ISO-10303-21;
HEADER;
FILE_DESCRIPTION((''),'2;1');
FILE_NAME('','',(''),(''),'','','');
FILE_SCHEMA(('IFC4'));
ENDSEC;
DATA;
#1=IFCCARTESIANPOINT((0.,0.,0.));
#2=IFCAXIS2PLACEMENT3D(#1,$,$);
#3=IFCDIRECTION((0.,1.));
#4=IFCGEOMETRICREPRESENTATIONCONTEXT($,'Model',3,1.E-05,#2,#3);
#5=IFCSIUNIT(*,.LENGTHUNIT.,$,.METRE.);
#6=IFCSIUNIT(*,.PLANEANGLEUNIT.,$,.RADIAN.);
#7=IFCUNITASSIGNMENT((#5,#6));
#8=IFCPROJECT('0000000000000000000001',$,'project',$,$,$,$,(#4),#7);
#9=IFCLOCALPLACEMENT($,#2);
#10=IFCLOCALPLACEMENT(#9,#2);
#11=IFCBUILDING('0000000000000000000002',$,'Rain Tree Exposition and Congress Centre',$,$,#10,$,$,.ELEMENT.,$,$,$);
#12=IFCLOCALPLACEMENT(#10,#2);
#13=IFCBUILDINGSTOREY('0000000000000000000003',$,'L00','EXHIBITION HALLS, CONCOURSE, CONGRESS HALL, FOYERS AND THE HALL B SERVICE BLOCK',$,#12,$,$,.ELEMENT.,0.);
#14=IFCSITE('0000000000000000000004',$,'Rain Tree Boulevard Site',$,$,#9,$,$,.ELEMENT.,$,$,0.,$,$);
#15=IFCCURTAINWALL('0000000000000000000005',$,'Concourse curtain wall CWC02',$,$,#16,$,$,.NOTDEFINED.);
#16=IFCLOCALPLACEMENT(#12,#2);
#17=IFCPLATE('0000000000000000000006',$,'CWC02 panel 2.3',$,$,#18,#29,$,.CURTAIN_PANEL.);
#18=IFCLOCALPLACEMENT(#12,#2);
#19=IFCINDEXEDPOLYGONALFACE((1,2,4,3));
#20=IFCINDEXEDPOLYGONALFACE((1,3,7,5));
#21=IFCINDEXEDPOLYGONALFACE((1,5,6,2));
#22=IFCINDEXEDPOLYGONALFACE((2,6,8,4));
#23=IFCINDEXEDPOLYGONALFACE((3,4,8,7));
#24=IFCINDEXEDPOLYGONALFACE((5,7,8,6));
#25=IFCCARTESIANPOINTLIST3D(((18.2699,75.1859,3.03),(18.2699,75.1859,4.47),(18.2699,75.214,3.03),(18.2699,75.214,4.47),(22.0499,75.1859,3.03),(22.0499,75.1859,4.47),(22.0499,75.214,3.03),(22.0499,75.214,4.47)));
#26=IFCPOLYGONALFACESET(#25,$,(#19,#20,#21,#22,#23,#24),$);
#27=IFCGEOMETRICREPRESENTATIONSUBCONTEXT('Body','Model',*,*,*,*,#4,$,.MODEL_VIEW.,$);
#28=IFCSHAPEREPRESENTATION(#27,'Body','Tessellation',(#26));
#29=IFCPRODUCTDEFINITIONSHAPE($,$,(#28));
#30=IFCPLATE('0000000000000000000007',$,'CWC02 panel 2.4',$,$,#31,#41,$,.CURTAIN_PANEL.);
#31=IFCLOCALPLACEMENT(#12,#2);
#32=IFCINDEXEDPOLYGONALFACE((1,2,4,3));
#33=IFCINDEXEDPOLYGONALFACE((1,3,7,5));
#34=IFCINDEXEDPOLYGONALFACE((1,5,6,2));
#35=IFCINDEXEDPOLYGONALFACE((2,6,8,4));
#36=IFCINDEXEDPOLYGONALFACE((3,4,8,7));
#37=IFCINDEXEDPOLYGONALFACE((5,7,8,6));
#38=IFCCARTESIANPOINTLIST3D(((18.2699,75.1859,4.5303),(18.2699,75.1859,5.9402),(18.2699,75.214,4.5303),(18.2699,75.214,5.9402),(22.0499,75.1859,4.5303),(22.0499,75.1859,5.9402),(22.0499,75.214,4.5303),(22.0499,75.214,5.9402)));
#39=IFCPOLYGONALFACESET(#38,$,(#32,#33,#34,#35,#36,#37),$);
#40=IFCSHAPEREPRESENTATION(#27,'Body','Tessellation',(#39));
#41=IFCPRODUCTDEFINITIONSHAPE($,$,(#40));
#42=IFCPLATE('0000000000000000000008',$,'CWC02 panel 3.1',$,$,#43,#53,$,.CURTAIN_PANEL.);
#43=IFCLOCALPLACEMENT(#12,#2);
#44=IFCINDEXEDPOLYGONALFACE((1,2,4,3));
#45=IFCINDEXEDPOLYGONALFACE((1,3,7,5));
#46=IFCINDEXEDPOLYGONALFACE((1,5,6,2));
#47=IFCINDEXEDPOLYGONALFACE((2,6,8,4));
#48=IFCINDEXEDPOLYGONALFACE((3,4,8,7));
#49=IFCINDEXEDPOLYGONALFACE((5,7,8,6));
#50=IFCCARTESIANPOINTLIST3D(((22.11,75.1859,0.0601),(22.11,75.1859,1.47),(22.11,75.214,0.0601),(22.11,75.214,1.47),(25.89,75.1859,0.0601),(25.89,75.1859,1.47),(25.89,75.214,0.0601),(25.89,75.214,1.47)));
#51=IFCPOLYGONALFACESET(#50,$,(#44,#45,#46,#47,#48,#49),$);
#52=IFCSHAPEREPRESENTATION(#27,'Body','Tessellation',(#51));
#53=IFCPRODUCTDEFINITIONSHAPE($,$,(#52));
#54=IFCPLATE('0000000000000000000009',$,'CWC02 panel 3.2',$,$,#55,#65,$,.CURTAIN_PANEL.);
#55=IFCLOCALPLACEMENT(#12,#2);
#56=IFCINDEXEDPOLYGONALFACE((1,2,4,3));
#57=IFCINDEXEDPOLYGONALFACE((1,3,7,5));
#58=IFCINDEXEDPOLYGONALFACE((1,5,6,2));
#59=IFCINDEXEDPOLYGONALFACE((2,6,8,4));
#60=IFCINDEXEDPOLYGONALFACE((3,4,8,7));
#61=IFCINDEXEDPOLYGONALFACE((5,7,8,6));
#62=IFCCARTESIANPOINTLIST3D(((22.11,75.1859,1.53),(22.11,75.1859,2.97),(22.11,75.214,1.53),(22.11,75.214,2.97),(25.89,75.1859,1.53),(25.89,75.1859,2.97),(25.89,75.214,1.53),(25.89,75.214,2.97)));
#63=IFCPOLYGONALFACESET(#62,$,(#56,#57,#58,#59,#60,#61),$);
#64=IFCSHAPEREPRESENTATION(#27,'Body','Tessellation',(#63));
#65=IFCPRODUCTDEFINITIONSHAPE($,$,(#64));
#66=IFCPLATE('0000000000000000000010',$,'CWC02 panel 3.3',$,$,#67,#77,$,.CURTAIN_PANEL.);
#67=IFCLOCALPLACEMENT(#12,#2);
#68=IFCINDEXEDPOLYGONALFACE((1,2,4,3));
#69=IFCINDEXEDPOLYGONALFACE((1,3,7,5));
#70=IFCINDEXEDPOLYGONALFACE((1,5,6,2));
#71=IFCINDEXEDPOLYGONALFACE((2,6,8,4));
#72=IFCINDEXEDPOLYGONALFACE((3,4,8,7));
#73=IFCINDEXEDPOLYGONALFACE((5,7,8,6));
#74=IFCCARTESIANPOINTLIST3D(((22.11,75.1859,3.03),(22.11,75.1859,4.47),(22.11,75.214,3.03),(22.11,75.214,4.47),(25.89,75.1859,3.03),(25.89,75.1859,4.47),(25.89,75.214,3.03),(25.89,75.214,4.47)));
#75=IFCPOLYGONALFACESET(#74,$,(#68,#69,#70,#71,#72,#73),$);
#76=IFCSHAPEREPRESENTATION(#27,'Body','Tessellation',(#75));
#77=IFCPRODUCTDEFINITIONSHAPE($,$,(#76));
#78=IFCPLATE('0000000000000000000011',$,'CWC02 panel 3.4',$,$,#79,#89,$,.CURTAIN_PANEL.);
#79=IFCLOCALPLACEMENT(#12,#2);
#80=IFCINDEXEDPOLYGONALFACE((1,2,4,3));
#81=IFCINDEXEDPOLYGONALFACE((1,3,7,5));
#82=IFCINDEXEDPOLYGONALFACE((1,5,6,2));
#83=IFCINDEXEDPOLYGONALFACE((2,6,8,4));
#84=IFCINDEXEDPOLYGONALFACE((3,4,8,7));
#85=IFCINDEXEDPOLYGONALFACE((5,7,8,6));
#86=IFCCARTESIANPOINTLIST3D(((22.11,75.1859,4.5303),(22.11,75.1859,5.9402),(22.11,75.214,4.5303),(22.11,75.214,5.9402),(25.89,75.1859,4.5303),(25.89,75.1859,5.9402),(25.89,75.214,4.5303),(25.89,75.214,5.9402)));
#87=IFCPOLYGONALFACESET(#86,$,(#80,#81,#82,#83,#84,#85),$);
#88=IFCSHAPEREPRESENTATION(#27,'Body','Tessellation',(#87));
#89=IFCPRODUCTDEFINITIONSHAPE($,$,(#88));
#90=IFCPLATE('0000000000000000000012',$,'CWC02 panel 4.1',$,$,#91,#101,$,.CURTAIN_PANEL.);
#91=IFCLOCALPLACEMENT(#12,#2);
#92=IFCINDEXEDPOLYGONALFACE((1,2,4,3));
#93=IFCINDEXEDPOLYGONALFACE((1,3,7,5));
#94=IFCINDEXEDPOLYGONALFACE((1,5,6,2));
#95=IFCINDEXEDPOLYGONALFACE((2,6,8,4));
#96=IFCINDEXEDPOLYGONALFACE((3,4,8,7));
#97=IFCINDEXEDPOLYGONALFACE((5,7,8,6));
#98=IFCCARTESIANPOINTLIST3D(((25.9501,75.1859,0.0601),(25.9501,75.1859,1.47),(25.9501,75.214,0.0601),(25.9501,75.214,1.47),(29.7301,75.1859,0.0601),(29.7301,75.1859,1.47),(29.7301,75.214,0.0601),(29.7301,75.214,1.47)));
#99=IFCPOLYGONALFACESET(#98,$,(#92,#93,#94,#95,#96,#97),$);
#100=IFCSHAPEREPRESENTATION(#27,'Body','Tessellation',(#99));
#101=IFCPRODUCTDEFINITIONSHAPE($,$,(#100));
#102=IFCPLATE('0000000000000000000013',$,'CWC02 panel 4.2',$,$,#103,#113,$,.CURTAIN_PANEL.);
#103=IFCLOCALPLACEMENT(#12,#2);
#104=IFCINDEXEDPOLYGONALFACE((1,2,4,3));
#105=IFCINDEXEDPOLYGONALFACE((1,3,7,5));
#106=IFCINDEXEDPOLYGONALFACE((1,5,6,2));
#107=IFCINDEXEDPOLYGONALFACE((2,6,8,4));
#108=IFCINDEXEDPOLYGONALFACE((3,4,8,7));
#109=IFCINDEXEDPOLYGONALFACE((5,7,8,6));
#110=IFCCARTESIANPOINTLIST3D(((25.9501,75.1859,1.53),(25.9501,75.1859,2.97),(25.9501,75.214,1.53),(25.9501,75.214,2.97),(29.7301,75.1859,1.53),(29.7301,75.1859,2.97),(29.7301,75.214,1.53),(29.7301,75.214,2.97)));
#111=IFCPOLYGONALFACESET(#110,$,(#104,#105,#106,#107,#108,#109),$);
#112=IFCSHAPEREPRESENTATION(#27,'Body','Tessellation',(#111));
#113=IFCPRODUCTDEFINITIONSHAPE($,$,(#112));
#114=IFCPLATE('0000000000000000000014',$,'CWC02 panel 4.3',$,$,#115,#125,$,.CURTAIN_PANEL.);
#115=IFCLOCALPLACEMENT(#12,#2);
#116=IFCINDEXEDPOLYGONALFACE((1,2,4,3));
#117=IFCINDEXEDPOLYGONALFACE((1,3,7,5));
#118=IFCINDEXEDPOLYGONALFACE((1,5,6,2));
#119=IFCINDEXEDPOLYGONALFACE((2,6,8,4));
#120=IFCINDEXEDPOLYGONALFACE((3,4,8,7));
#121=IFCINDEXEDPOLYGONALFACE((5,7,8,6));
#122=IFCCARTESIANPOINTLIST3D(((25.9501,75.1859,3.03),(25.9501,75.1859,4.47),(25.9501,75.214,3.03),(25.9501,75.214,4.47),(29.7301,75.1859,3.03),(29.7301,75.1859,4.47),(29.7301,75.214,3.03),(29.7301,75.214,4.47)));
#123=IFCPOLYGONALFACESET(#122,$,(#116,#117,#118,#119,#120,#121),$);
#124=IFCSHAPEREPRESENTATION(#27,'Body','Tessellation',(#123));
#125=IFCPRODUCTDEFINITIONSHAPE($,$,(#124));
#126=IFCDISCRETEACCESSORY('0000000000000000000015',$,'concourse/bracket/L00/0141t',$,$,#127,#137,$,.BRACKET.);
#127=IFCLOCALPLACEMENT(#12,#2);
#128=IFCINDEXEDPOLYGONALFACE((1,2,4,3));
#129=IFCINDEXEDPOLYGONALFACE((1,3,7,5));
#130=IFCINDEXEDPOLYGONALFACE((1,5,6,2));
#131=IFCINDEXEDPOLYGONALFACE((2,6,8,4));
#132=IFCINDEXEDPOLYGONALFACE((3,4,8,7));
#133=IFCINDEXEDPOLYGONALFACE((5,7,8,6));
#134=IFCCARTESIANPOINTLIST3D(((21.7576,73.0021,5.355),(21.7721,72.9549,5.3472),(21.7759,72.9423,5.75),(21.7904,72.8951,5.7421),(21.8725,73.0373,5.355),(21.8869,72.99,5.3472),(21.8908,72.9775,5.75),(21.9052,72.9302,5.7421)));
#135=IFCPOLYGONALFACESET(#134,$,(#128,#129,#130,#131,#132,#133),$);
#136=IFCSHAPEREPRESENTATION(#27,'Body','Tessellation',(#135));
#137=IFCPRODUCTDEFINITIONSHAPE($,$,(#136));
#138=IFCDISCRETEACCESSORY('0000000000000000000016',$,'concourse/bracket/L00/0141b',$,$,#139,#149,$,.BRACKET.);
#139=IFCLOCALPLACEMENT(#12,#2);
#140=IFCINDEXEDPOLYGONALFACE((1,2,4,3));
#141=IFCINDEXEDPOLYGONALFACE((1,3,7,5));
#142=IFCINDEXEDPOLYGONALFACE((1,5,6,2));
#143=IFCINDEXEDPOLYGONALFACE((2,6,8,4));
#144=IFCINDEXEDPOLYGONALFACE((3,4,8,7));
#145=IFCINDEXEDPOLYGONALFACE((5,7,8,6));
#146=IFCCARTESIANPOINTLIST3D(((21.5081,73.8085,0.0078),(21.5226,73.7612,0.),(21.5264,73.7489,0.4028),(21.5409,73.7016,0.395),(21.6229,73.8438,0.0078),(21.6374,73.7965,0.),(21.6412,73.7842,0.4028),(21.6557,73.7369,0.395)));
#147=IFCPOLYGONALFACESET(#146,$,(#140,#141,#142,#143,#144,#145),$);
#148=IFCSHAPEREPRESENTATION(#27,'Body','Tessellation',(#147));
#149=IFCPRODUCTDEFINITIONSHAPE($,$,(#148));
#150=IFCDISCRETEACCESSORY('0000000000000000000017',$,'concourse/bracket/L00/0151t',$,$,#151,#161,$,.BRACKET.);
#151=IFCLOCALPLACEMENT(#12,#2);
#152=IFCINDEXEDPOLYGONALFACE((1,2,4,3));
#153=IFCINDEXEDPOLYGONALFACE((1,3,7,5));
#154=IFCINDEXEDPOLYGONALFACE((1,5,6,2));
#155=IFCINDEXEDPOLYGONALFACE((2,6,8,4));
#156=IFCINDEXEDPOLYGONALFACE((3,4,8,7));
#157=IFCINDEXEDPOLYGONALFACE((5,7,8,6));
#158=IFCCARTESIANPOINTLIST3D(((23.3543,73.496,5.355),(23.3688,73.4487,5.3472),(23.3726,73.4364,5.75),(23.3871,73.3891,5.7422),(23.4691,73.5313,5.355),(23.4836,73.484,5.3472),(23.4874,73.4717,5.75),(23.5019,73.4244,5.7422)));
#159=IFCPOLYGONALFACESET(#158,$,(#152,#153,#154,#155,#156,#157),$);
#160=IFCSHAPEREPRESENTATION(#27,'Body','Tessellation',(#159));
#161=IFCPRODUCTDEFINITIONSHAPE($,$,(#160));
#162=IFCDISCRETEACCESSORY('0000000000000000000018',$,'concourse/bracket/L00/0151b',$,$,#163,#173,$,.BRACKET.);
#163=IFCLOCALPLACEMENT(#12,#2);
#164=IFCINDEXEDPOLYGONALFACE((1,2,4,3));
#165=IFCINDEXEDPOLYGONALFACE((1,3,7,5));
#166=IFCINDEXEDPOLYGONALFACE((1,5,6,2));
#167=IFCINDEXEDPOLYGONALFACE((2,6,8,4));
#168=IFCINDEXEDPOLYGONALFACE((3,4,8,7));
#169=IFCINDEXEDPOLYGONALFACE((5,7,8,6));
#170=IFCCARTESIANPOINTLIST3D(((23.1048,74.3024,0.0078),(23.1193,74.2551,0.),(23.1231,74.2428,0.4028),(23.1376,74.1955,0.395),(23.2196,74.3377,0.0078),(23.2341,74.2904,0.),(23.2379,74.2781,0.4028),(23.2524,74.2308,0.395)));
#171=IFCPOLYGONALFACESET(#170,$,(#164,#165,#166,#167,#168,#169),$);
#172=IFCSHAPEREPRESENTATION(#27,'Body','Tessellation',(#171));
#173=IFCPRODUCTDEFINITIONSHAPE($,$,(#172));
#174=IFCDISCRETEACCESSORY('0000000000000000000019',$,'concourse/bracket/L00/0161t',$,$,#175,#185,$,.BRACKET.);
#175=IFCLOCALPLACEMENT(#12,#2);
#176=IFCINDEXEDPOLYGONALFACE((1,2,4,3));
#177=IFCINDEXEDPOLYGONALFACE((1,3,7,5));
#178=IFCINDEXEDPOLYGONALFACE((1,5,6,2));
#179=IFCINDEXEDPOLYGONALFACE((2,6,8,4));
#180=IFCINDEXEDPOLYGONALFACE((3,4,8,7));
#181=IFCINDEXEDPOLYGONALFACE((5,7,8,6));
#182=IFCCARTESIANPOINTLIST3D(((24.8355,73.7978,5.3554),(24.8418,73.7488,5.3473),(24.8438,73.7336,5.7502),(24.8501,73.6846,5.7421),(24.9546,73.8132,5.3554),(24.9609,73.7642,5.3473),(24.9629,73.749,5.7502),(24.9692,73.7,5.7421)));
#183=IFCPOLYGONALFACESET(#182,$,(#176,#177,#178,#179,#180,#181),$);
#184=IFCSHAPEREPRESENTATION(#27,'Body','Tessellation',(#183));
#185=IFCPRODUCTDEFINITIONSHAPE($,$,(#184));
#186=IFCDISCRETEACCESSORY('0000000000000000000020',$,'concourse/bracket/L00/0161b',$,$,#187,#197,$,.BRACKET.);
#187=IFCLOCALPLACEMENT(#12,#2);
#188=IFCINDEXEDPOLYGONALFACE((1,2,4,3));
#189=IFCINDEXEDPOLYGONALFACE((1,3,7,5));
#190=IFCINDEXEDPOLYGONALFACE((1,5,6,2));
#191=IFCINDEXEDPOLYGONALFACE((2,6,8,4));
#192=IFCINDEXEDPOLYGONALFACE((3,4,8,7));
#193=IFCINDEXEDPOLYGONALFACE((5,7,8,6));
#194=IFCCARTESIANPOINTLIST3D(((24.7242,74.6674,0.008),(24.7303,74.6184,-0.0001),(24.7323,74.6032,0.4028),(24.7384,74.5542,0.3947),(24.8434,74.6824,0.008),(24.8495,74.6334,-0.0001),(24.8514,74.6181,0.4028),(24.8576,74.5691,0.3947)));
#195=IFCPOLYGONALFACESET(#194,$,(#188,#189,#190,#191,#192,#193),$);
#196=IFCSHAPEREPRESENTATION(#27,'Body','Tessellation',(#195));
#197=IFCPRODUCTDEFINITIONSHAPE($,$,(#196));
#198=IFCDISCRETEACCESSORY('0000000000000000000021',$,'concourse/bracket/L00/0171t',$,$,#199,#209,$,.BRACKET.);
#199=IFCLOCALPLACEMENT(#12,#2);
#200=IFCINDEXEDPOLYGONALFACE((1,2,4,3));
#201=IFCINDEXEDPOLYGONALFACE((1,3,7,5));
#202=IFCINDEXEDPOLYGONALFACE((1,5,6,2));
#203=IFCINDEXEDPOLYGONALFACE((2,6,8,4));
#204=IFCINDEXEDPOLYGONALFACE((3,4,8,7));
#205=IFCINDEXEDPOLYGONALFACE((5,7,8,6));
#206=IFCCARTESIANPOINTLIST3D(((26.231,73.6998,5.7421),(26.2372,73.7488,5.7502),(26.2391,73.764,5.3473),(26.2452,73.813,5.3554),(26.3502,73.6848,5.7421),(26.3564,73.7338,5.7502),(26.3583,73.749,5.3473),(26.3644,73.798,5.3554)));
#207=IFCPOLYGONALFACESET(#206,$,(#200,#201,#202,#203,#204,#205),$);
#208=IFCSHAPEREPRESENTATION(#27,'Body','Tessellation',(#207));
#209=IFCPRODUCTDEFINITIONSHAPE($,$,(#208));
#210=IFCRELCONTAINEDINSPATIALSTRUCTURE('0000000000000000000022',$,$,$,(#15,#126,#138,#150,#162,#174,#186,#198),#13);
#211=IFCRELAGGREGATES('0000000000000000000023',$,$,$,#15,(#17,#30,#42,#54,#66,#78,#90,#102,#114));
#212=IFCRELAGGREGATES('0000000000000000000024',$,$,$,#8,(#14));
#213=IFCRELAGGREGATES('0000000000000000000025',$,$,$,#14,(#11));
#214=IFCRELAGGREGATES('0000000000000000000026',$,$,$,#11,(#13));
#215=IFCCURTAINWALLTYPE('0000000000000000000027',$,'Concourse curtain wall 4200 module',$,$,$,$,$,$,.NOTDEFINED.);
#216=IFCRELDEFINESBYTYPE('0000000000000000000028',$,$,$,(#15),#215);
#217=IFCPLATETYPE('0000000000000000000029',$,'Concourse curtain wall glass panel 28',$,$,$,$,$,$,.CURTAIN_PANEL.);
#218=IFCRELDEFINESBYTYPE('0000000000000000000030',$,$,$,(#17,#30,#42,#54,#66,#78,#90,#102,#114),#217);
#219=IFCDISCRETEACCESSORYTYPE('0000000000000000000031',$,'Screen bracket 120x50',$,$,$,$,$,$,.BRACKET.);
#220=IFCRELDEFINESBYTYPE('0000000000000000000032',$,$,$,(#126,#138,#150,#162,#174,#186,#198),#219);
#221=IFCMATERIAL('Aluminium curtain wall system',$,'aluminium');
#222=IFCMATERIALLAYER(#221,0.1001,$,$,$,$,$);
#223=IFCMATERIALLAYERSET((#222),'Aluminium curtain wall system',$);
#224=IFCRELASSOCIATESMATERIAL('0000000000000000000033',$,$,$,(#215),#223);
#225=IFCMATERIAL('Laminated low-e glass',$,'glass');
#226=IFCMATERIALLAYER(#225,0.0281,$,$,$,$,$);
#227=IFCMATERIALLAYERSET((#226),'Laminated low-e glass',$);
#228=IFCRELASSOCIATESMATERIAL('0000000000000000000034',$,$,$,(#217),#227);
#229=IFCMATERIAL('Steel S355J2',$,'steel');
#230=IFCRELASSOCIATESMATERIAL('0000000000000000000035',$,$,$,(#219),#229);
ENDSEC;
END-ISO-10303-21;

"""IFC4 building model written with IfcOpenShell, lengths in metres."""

from ifc_helpers import new_model, si_unit, direction, frame, origin, origin_2d, place, context, subcontext, project, spatial, rectangle, extrude, material, layer, layer_set, material_profile, profile_set, type_object, element, aggregate, save


model = new_model("IFC4")

# Units and contexts
model_context = context("Model", 3, precision=1e-05, world=origin(), true_north=direction((0.0, 1.0)))
body_context = subcontext(model_context, "Body", "Model", "MODEL_VIEW")
ifc_project = project(units=[si_unit("LENGTHUNIT", "METRE"), si_unit("PLANEANGLEUNIT", "RADIAN")], contexts=[model_context])

# Site, building, storey
site_placement = place(None, origin())
site = spatial("IfcSite", under=ifc_project, at=site_placement, Name="Rain Tree Boulevard Site", CompositionType="ELEMENT", RefElevation=0.0)
building_placement = place(site_placement, origin())
building = spatial("IfcBuilding", under=site, at=building_placement, Name="Rain Tree Exposition and Congress Centre", CompositionType="ELEMENT")
storey_placement = place(building_placement, origin())
storey = spatial("IfcBuildingStorey", under=building, at=storey_placement, Name="L00", Description="EXHIBITION HALLS, CONCOURSE, CONGRESS HALL, FOYERS AND THE HALL B SERVICE BLOCK", CompositionType="ELEMENT", Elevation=0.0)

# Curtain wall, plates
ifc_material_1 = material(Name="Aluminium curtain wall system", Category="aluminium")
ifc_layer_1 = layer(ifc_material_1, 0.1001)
ifc_layer_set_1 = layer_set([ifc_layer_1], Name="Aluminium curtain wall system")
curtain_wall_type = type_object("IfcCurtainWallType", Name="Concourse curtain wall 4200 module", PredefinedType="NOTDEFINED", material=ifc_layer_set_1)
curtain_wall_placement = place(storey_placement, origin())
curtain_wall = element("IfcCurtainWall", 1, at=curtain_wall_placement, inside=storey, type_object=curtain_wall_type, Name="Concourse curtain wall CWC02", PredefinedType="NOTDEFINED")
ifc_material_2 = material(Name="Laminated low-e glass", Category="glass")
ifc_layer_2 = layer(ifc_material_2, 0.0281)
ifc_layer_set_2 = layer_set([ifc_layer_2], Name="Laminated low-e glass")
plate_type = type_object("IfcPlateType", Name="Concourse curtain wall glass panel 28", PredefinedType="CURTAIN_PANEL", material=ifc_layer_set_2)
plate_1_placement = place(storey_placement, frame((20.1599, 75.2, 3.03), z_axis=(0.0, 0.0, 1.0), x_axis=(1.0, 0.0, 0.0)))
plate_1 = element("IfcPlate", 2, at=plate_1_placement, type_object=plate_type, Name="CWC02 panel 2.3", PredefinedType="CURTAIN_PANEL", context=body_context, shape_type="SweptSolid", body=[
    extrude(rectangle(XDim=3.78, YDim=0.0281, at=origin_2d()), origin(), (0.0, 0.0, 1.0), 1.4399),
])
plate_2_placement = place(storey_placement, frame((20.1599, 75.2, 4.5303), z_axis=(0.0, 0.0, 1.0), x_axis=(1.0, 0.0, 0.0)))
plate_2 = element("IfcPlate", 3, at=plate_2_placement, type_object=plate_type, Name="CWC02 panel 2.4", PredefinedType="CURTAIN_PANEL", context=body_context, shape_type="SweptSolid", body=[
    extrude(rectangle(XDim=3.78, YDim=0.0281, at=origin_2d()), origin(), (0.0, 0.0, 1.0), 1.4099),
])
plate_3_placement = place(storey_placement, frame((24.0, 75.2, 0.0601), z_axis=(0.0, 0.0, 1.0), x_axis=(1.0, 0.0, 0.0)))
plate_3 = element("IfcPlate", 4, at=plate_3_placement, type_object=plate_type, Name="CWC02 panel 3.1", PredefinedType="CURTAIN_PANEL", context=body_context, shape_type="SweptSolid", body=[
    extrude(rectangle(XDim=3.78, YDim=0.0281, at=origin_2d()), origin(), (0.0, 0.0, 1.0), 1.4099),
])
plate_4_placement = place(storey_placement, frame((24.0, 75.2, 1.53), z_axis=(0.0, 0.0, 1.0), x_axis=(1.0, 0.0, 0.0)))
plate_4 = element("IfcPlate", 5, at=plate_4_placement, type_object=plate_type, Name="CWC02 panel 3.2", PredefinedType="CURTAIN_PANEL", context=body_context, shape_type="SweptSolid", body=[
    extrude(rectangle(XDim=3.78, YDim=0.0281, at=origin_2d()), origin(), (0.0, 0.0, 1.0), 1.4399),
])
plate_5_placement = place(storey_placement, frame((24.0, 75.2, 3.03), z_axis=(0.0, 0.0, 1.0), x_axis=(1.0, 0.0, 0.0)))
plate_5 = element("IfcPlate", 6, at=plate_5_placement, type_object=plate_type, Name="CWC02 panel 3.3", PredefinedType="CURTAIN_PANEL", context=body_context, shape_type="SweptSolid", body=[
    extrude(rectangle(XDim=3.78, YDim=0.0281, at=origin_2d()), origin(), (0.0, 0.0, 1.0), 1.4399),
])
plate_6_placement = place(storey_placement, frame((24.0, 75.2, 4.5303), z_axis=(0.0, 0.0, 1.0), x_axis=(1.0, 0.0, 0.0)))
plate_6 = element("IfcPlate", 7, at=plate_6_placement, type_object=plate_type, Name="CWC02 panel 3.4", PredefinedType="CURTAIN_PANEL", context=body_context, shape_type="SweptSolid", body=[
    extrude(rectangle(XDim=3.78, YDim=0.0281, at=origin_2d()), origin(), (0.0, 0.0, 1.0), 1.4099),
])
plate_7_placement = place(storey_placement, frame((27.8401, 75.2, 0.0601), z_axis=(0.0, 0.0, 1.0), x_axis=(1.0, 0.0, 0.0)))
plate_7 = element("IfcPlate", 8, at=plate_7_placement, type_object=plate_type, Name="CWC02 panel 4.1", PredefinedType="CURTAIN_PANEL", context=body_context, shape_type="SweptSolid", body=[
    extrude(rectangle(XDim=3.78, YDim=0.0281, at=origin_2d()), origin(), (0.0, 0.0, 1.0), 1.4099),
])
plate_8_placement = place(storey_placement, frame((27.8401, 75.2, 1.53), z_axis=(0.0, 0.0, 1.0), x_axis=(1.0, 0.0, 0.0)))
plate_8 = element("IfcPlate", 9, at=plate_8_placement, type_object=plate_type, Name="CWC02 panel 4.2", PredefinedType="CURTAIN_PANEL", context=body_context, shape_type="SweptSolid", body=[
    extrude(rectangle(XDim=3.78, YDim=0.0281, at=origin_2d()), origin(), (0.0, 0.0, 1.0), 1.4399),
])
plate_9_placement = place(storey_placement, frame((27.8401, 75.2, 3.03), z_axis=(0.0, 0.0, 1.0), x_axis=(1.0, 0.0, 0.0)))
plate_9 = element("IfcPlate", 10, at=plate_9_placement, type_object=plate_type, Name="CWC02 panel 4.3", PredefinedType="CURTAIN_PANEL", context=body_context, shape_type="SweptSolid", body=[
    extrude(rectangle(XDim=3.78, YDim=0.0281, at=origin_2d()), origin(), (0.0, 0.0, 1.0), 1.4399),
])
aggregate(curtain_wall, [plate_1, plate_2, plate_3, plate_4, plate_5, plate_6, plate_7, plate_8, plate_9])

# Discrete accessories
ifc_material_3 = material(Name="Steel S355J2", Category="steel")
ifc_material_profile_1 = material_profile(ifc_material_3, rectangle(XDim=0.1201, YDim=0.05, at=origin_2d()), Name="Flat bar 120x50")
ifc_profile_set_1 = profile_set([ifc_material_profile_1], Name="Steel S355J2")
discrete_accessory_type = type_object("IfcDiscreteAccessoryType", Name="Screen bracket 120x50", PredefinedType="BRACKET", material=ifc_profile_set_1)
for number, where, z_axis, x_axis, name in (
    (11, (21.8223, 72.9961, 5.3511), (0.045783, -0.149558, 0.987692), (0.9562, 0.292714, 0.0), "concourse/bracket/L00/0141t"),
    (12, (21.5728, 73.8025, 0.0039), (0.045787, -0.148961, 0.987782), (0.955864, 0.293811, 0.0), "concourse/bracket/L00/0141b"),
    (13, (23.4189, 73.49, 5.3511), (0.045787, -0.148961, 0.987782), (0.955864, 0.293811, 0.0), "concourse/bracket/L00/0151t"),
    (14, (23.1694, 74.2964, 0.0039), (0.045787, -0.148961, 0.987782), (0.955864, 0.293811, 0.0), "concourse/bracket/L00/0151b"),
):
    element("IfcDiscreteAccessory", number, at=place(storey_placement, frame(where, z_axis=z_axis, x_axis=x_axis)), inside=storey, type_object=discrete_accessory_type, Name=name, PredefinedType="BRACKET", context=body_context, shape_type="SweptSolid", body=[
        extrude(rectangle(XDim=0.1201, YDim=0.05, at=origin_2d()), origin(), (0.0, 0.0, 1.0), 0.3999),
    ])
for number, where, z_axis, x_axis, name in (
    (15, (24.8982, 73.781, 5.3513), (0.020749, -0.160503, 0.986817), (0.991747, 0.128211, 0.0), "concourse/bracket/L00/0161t"),
    (16, (24.7869, 74.6504, 0.0039), (0.020139, -0.160505, 0.98683), (0.99222, 0.124499, 0.0), "concourse/bracket/L00/0161b"),
    (17, (26.3018, 73.781, 5.3513), (-0.020139, -0.160505, 0.98683), (0.99222, -0.124499, 0.0), "concourse/bracket/L00/0171t"),
):
    element("IfcDiscreteAccessory", number, at=place(storey_placement, frame(where, z_axis=z_axis, x_axis=x_axis)), inside=storey, type_object=discrete_accessory_type, Name=name, PredefinedType="BRACKET", context=body_context, shape_type="SweptSolid", body=[
        extrude(rectangle(XDim=0.1201, YDim=0.05, at=origin_2d()), origin(), (0.0, 0.0, 1.0), 0.4001),
    ])

save(model, "model.ifc")
